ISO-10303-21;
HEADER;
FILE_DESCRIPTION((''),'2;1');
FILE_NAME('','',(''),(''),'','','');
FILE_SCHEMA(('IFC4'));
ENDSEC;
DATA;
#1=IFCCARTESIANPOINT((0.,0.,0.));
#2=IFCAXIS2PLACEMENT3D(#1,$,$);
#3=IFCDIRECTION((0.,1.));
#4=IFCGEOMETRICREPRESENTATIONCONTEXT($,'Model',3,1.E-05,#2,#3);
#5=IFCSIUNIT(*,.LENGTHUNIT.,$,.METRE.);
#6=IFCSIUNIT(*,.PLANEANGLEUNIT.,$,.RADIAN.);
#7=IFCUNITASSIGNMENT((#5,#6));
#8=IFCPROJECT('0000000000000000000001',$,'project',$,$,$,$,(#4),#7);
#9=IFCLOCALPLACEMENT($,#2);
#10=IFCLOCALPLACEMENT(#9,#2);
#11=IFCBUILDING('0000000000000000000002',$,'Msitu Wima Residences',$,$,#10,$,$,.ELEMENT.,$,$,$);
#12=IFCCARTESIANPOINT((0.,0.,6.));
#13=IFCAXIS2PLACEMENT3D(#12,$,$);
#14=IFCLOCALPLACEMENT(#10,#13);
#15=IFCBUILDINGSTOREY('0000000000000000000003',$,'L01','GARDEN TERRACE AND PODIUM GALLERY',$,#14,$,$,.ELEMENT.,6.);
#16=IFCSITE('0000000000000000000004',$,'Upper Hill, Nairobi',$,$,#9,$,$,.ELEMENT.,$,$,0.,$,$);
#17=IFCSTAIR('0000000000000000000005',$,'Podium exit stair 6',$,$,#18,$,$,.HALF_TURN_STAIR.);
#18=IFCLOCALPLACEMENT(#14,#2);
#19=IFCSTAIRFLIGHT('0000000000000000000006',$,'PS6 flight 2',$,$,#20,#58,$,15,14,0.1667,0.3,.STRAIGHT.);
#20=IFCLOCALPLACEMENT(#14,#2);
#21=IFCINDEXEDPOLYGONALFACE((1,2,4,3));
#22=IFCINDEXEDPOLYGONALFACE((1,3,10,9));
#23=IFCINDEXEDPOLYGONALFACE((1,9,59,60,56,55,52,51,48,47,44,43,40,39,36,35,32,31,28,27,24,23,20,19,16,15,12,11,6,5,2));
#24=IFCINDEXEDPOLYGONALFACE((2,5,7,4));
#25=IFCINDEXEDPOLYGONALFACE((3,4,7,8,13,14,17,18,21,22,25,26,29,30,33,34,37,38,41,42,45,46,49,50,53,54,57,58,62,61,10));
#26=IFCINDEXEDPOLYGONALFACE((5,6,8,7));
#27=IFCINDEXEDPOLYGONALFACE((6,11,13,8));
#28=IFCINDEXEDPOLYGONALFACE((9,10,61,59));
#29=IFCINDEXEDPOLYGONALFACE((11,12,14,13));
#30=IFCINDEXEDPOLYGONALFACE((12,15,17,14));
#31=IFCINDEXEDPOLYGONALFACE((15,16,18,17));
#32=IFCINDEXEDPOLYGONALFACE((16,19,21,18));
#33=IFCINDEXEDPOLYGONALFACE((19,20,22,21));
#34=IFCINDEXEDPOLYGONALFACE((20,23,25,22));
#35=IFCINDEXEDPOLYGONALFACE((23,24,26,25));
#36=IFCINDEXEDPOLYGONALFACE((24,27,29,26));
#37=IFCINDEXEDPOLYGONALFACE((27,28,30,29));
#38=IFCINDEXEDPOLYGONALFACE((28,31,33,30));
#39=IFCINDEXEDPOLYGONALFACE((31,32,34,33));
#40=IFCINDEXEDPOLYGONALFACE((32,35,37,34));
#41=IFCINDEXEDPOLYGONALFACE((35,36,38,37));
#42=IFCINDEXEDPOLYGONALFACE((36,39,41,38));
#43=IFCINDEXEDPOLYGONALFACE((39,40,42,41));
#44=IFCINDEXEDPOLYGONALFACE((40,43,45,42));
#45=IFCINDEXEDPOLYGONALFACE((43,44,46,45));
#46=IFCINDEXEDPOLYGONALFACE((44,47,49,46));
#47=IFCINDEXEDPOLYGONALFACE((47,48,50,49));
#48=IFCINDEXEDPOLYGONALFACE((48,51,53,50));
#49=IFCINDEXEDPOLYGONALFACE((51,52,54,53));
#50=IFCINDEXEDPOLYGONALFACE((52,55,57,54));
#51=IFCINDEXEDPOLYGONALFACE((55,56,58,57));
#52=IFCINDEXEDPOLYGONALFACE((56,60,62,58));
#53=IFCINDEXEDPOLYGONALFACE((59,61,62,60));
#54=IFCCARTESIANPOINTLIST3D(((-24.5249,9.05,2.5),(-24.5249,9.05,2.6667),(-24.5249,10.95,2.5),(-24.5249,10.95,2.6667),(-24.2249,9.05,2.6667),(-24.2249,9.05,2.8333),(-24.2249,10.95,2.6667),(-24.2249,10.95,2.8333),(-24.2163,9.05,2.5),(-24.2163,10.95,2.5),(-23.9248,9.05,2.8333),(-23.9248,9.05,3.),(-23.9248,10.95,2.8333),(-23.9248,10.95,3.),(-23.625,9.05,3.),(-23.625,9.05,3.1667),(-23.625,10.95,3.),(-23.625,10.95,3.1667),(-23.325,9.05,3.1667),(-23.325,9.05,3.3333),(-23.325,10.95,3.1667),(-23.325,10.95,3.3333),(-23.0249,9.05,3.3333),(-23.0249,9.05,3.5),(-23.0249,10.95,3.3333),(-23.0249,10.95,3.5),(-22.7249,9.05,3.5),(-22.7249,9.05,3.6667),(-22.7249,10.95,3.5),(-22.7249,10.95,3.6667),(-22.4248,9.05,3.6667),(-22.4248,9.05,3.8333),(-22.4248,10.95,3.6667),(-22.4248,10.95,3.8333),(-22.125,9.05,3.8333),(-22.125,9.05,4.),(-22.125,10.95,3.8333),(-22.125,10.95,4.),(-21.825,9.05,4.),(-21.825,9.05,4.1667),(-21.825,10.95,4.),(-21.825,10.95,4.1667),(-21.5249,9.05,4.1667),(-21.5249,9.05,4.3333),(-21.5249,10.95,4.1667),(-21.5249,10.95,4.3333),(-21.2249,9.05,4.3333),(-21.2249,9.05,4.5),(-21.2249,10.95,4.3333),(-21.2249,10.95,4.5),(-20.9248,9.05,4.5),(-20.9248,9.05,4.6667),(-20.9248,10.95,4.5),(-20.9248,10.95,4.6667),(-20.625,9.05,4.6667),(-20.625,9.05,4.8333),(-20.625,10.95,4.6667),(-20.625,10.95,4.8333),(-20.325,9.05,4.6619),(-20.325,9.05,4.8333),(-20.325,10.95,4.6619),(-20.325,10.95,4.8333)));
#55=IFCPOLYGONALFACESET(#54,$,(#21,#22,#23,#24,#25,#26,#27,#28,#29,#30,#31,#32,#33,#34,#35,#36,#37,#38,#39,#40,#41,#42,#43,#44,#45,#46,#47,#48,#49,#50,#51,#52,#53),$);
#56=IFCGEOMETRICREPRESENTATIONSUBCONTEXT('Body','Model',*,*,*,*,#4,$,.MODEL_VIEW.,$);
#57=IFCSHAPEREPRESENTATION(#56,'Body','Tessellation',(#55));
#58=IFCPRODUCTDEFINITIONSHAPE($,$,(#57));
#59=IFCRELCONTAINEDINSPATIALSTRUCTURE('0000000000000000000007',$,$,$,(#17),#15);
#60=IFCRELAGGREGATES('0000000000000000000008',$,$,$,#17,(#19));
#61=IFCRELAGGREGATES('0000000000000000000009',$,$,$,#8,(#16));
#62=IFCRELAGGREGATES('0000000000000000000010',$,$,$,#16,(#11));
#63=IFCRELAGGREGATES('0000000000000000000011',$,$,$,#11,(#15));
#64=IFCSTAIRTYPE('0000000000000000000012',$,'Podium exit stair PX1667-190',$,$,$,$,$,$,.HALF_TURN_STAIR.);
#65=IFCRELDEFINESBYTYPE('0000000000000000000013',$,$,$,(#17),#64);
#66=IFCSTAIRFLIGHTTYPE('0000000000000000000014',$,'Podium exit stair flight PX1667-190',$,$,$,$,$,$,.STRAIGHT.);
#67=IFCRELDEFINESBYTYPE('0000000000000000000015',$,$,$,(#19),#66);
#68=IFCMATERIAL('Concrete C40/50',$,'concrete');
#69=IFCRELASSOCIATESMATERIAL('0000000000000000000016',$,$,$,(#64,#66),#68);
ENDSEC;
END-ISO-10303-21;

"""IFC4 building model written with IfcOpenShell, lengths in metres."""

from ifc_helpers import new_model, si_unit, direction, frame, origin, place, context, subcontext, project, spatial, polyline, outline, extrude, material, type_object, element, aggregate, save


model = new_model("IFC4")

# Units and contexts
model_context = context("Model", 3, precision=1e-05, world=origin(), true_north=direction((0.0, 1.0)))
body_context = subcontext(model_context, "Body", "Model", "MODEL_VIEW")
ifc_project = project(units=[si_unit("LENGTHUNIT", "METRE"), si_unit("PLANEANGLEUNIT", "RADIAN")], contexts=[model_context])

# Site, building, storey
site_placement = place(None, origin())
site = spatial("IfcSite", under=ifc_project, at=site_placement, Name="Upper Hill, Nairobi", CompositionType="ELEMENT", RefElevation=0.0)
building_placement = place(site_placement, origin())
building = spatial("IfcBuilding", under=site, at=building_placement, Name="Msitu Wima Residences", CompositionType="ELEMENT")
storey_placement = place(building_placement, frame((0.0, 0.0, 6.0)))
storey = spatial("IfcBuildingStorey", under=building, at=storey_placement, Name="L01", Description="GARDEN TERRACE AND PODIUM GALLERY", CompositionType="ELEMENT", Elevation=6.0)

# Stair, stair flight
ifc_material_1 = material(Name="Concrete C40/50", Category="concrete")
stair_type_1 = type_object("IfcStairType", Name="Podium exit stair PX1667-190", PredefinedType="HALF_TURN_STAIR", material=ifc_material_1)
stair_1_placement = place(storey_placement, origin())
stair_1 = element("IfcStair", 1, at=stair_1_placement, inside=storey, type_object=stair_type_1, Name="Podium exit stair 6", PredefinedType="HALF_TURN_STAIR")
stair_flight_type_1 = type_object("IfcStairFlightType", Name="Podium exit stair flight PX1667-190", PredefinedType="STRAIGHT", material=ifc_material_1)
stair_flight_1_placement = place(storey_placement, frame((-24.5249, 10.0, 2.5), z_axis=(0.0, 0.0, 1.0), x_axis=(1.0, 0.0, 0.0)))
stair_flight_1 = element("IfcStairFlight", 2, at=stair_flight_1_placement, type_object=stair_flight_type_1, Name="PS6 flight 2", NumberOfRisers=15, NumberOfTreads=14, PredefinedType="STRAIGHT", RiserHeight=0.1667, TreadLength=0.3, context=body_context, shape_type="SweptSolid", body=[
    extrude(outline(polyline([(0.0, 0.0), (0.0, 0.1667), (0.3, 0.1667), (0.3, 0.3333), (0.6001, 0.3333), (0.6001, 0.5), (0.8999, 0.5), (0.8999, 0.6667), (1.2, 0.6667), (1.2, 0.8333), (1.5, 0.8333), (1.5, 1.0), (1.8, 1.0), (1.8, 1.1667), (2.1001, 1.1667), (2.1001, 1.3333), (2.3999, 1.3333), (2.3999, 1.5), (2.7, 1.5), (2.7, 1.6667), (3.0, 1.6667), (3.0, 1.8333), (3.3, 1.8333), (3.3, 2.0), (3.6001, 2.0), (3.6001, 2.1667), (3.8999, 2.1667), (3.8999, 2.3333), (4.2, 2.3333), (4.2, 2.5), (4.2, 2.1619), (0.3086, 0.0), (0.0, 0.0)])), frame((0.0, 0.95, 0.0), z_axis=(0.0, -1.0, 0.0), x_axis=(1.0, 0.0, 0.0)), (0.0, 0.0, 1.0), 1.8999),
])
aggregate(stair_1, [stair_flight_1])

save(model, "model.ifc")
